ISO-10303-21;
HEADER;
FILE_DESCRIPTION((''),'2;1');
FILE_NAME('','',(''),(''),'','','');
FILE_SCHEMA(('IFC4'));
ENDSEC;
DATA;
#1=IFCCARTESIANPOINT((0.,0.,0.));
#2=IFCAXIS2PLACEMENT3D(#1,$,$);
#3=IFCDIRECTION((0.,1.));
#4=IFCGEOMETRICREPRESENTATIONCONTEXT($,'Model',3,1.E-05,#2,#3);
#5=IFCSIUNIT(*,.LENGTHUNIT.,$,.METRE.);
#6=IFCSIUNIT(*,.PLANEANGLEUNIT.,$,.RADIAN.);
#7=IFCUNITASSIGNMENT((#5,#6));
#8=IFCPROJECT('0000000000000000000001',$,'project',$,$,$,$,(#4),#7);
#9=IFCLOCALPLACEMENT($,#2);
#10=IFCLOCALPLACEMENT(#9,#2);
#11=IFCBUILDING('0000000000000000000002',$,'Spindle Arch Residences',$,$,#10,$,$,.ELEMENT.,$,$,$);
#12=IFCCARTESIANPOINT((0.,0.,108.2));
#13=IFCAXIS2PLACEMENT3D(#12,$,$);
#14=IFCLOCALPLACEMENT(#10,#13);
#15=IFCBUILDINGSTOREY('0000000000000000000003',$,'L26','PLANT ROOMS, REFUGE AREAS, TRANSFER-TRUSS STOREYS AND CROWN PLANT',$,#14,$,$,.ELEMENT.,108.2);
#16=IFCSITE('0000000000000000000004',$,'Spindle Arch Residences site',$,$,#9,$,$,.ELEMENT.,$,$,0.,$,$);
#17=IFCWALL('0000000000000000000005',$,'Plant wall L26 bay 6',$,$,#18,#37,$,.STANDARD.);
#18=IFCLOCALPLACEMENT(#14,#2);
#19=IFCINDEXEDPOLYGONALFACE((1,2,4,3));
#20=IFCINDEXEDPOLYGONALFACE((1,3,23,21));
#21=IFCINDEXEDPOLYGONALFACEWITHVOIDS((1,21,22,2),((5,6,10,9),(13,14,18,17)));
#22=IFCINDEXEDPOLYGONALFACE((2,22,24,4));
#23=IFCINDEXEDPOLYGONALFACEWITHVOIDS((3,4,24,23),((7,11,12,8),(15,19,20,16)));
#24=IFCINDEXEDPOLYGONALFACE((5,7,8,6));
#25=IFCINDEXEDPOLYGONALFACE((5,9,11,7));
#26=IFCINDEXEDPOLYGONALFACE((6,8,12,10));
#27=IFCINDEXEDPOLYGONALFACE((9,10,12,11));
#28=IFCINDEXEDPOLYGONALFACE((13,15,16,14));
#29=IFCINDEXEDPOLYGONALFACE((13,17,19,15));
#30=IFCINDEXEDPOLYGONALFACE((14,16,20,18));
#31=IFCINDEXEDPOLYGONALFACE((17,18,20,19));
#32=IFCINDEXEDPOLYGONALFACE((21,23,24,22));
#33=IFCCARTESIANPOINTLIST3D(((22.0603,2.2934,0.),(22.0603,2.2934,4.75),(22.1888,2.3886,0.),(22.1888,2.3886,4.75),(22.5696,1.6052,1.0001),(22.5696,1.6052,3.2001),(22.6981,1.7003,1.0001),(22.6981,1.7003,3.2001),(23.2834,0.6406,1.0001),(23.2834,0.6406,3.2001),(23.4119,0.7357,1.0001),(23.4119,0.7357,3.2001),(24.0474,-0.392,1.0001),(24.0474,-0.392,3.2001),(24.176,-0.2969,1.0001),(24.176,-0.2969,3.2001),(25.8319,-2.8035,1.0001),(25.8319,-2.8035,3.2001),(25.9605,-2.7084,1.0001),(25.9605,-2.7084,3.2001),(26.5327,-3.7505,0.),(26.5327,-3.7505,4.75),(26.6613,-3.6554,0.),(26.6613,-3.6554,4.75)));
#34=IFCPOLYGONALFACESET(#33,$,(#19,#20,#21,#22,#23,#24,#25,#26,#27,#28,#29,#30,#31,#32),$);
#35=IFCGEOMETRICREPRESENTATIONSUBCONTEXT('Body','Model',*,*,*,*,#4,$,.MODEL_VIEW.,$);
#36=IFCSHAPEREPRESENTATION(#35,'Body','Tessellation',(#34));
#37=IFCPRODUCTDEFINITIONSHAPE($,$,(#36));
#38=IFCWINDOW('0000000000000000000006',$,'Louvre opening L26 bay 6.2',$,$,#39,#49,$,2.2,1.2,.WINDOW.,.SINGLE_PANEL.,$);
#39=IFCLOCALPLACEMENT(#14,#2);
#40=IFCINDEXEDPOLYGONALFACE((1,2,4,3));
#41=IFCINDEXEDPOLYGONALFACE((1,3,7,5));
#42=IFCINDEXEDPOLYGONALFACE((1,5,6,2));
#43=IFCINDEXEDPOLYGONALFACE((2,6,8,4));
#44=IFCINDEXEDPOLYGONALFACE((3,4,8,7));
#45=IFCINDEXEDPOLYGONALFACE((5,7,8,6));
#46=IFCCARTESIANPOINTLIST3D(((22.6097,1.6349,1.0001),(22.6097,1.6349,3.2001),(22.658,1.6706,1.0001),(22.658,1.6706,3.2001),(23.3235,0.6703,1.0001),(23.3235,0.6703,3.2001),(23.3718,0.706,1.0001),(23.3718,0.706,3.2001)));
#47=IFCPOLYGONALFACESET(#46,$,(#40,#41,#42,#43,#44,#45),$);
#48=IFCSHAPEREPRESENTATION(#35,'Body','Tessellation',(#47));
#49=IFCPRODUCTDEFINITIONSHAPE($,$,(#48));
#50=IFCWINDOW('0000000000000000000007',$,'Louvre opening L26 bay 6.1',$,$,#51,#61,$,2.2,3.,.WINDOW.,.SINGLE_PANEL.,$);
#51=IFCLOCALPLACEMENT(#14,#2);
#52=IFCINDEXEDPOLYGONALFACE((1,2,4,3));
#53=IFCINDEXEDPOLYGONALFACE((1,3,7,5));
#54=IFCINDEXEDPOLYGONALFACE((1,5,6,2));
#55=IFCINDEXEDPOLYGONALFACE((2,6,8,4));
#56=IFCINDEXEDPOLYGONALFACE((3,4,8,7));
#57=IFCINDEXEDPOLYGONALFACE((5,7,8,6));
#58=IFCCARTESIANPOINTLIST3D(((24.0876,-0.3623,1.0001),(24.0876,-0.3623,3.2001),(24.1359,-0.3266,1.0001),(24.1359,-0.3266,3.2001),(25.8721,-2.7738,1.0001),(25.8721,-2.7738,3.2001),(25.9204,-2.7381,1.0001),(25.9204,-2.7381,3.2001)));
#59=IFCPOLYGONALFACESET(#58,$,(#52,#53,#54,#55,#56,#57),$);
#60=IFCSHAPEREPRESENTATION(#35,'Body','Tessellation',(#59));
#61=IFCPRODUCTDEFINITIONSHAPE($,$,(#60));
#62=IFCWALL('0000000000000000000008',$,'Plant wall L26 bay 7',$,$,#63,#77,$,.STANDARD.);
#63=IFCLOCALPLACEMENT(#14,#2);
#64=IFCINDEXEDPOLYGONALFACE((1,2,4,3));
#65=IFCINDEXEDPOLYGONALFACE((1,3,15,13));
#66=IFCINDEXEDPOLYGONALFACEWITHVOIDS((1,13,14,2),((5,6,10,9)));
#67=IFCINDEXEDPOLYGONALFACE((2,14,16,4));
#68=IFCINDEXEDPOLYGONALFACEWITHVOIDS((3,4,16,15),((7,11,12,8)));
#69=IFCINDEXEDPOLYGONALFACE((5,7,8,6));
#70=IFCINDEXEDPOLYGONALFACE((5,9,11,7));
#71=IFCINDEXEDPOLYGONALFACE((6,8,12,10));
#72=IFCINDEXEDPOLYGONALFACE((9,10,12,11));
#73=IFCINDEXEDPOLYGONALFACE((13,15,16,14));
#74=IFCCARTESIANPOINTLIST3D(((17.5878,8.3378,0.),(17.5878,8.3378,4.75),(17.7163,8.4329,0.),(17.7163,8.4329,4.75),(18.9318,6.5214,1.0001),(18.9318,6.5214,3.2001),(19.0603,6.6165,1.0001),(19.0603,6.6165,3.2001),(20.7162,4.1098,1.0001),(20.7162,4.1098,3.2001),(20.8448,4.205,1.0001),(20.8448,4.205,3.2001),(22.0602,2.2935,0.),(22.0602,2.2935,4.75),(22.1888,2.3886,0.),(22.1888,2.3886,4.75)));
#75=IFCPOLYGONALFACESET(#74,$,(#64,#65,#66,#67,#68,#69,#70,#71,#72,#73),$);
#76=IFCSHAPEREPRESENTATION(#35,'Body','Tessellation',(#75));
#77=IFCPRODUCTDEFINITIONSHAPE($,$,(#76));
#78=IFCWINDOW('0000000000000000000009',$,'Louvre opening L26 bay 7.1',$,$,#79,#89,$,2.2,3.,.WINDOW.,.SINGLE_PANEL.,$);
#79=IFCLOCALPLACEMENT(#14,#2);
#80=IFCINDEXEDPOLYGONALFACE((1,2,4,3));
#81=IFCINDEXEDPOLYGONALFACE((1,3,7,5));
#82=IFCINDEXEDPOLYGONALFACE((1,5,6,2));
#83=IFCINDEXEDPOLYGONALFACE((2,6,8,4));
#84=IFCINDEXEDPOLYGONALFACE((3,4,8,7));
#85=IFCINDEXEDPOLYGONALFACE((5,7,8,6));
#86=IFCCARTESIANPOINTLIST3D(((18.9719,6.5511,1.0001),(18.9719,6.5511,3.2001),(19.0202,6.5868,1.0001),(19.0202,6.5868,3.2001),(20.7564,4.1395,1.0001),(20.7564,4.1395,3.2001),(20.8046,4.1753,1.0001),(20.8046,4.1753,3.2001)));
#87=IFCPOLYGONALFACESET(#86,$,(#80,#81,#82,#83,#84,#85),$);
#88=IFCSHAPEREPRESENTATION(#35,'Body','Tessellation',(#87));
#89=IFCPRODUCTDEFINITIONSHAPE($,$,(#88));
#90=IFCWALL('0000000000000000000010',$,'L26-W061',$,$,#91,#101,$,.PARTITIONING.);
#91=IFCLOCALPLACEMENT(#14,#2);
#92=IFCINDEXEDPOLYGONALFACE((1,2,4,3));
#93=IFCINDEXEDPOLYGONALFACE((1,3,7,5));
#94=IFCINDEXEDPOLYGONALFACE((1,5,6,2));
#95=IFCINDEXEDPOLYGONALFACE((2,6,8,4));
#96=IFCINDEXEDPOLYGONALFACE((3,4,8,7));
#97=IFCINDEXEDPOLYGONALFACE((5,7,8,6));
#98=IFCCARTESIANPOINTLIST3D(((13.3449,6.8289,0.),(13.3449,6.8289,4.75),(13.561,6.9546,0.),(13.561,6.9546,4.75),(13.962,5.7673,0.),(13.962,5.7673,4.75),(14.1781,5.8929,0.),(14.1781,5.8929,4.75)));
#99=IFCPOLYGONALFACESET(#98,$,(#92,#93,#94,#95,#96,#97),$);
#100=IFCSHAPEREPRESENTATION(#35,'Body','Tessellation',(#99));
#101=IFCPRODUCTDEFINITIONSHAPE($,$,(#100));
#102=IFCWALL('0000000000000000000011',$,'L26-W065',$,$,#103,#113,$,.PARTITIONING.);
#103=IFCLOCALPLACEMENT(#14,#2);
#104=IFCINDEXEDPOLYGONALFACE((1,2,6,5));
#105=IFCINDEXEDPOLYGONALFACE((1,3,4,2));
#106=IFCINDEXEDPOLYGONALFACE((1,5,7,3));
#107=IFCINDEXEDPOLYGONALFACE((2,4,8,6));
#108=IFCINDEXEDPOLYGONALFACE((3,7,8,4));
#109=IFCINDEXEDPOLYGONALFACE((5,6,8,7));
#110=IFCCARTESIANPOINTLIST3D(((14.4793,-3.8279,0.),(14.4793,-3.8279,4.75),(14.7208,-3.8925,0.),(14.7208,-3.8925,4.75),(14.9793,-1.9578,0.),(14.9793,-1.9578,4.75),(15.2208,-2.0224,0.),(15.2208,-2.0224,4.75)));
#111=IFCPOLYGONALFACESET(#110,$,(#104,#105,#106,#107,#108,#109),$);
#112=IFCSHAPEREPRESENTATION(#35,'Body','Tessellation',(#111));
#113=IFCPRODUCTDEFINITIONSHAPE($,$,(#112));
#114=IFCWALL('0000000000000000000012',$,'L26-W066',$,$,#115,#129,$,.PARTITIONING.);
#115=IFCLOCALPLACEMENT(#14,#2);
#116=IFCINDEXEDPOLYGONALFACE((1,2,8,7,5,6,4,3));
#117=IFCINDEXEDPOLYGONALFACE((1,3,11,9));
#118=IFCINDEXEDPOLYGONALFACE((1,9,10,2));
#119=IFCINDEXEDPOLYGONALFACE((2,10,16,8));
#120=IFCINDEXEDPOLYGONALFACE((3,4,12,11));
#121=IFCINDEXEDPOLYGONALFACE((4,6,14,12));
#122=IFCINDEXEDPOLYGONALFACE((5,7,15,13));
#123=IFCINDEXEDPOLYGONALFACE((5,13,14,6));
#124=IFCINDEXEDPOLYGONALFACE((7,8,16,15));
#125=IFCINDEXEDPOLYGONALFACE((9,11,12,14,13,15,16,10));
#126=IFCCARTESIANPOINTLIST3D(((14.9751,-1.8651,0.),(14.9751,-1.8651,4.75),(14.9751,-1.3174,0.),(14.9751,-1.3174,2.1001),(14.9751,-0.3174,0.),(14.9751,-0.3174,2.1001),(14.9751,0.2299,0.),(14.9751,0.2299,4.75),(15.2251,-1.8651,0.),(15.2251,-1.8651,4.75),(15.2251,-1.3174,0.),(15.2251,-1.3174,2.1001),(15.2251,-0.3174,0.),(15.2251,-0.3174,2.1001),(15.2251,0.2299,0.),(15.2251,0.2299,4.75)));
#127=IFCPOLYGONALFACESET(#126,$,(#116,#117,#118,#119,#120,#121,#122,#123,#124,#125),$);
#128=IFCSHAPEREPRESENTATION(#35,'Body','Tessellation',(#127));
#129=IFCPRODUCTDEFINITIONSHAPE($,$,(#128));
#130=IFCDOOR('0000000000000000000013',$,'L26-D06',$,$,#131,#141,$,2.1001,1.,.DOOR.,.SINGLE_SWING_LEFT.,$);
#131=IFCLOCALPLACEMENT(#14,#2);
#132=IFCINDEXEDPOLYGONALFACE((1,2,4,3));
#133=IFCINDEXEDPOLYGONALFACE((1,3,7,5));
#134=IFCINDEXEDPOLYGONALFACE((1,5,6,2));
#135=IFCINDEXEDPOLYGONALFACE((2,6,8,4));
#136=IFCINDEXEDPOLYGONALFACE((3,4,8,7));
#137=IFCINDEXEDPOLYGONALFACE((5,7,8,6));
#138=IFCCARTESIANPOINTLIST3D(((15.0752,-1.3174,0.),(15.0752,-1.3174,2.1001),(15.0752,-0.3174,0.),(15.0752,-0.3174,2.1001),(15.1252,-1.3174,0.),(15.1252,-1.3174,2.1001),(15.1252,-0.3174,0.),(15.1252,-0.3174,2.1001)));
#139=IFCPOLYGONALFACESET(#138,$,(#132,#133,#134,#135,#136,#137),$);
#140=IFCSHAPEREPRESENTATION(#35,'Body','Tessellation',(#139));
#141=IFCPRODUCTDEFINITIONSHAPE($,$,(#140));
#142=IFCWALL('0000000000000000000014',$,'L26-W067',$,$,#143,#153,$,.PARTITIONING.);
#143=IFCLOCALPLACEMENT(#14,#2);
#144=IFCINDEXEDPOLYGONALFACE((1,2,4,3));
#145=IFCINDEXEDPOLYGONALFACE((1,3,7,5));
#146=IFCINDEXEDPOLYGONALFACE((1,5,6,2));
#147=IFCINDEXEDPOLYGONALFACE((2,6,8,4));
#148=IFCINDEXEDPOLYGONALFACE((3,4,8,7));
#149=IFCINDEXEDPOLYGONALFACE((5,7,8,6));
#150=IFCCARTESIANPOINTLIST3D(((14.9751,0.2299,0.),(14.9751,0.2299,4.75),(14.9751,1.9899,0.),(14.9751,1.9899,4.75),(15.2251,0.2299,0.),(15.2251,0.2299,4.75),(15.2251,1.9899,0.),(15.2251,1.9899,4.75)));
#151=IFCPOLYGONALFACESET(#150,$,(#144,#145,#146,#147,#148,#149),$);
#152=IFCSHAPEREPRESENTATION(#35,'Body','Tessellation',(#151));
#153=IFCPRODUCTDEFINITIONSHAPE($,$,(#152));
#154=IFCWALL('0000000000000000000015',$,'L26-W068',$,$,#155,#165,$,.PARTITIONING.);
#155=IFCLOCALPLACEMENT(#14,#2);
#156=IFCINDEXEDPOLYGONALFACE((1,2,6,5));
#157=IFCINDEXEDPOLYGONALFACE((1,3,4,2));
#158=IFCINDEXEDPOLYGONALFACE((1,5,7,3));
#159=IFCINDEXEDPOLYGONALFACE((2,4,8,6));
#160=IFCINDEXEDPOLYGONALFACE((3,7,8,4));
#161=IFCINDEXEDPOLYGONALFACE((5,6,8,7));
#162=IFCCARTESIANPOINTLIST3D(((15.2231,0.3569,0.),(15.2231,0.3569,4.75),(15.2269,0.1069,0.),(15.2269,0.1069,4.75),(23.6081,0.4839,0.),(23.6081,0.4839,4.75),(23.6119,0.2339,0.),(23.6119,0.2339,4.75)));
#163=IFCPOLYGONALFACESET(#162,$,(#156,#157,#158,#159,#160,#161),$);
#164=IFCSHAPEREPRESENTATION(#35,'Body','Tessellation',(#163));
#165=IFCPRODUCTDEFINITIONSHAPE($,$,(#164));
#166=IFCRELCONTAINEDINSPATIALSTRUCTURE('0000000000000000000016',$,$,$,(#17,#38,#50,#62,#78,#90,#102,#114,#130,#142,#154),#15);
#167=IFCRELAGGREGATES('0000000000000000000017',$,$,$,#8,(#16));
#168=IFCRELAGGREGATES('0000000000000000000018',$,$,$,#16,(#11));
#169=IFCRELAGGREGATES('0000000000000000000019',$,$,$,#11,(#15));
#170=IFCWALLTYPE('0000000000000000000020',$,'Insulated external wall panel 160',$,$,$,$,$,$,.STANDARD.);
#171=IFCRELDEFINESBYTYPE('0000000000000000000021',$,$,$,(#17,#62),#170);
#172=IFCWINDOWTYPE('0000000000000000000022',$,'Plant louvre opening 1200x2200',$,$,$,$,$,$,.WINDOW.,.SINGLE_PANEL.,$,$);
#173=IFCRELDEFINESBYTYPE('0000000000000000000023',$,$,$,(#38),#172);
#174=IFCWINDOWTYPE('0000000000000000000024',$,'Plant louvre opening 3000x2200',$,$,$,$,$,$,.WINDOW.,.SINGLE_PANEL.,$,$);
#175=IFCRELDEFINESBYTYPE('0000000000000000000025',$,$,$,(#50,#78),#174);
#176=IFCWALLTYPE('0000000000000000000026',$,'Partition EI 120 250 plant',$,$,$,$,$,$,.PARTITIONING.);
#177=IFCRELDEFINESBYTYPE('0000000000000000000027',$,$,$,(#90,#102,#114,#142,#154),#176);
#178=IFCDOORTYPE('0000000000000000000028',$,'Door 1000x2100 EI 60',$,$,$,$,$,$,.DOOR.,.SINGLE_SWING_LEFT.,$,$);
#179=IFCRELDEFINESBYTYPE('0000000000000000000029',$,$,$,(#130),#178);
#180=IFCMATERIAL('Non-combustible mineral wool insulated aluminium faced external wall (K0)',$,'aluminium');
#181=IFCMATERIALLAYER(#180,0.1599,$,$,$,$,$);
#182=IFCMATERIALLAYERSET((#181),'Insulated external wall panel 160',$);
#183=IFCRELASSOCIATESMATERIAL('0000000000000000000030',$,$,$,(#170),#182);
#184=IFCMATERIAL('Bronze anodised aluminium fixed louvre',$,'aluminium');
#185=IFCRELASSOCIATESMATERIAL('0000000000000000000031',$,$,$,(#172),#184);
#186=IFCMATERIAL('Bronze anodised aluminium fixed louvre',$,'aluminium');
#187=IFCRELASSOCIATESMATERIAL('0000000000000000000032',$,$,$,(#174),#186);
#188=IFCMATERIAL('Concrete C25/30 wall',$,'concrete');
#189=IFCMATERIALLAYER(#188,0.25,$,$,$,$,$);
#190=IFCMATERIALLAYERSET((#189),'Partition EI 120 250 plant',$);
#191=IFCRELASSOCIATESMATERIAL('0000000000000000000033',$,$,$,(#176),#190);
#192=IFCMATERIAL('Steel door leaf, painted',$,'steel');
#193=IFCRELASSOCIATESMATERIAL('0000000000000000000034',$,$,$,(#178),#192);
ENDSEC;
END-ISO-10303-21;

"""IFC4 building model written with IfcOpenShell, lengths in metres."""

from ifc_helpers import new_model, si_unit, direction, frame, frame_2d, origin, place, context, subcontext, project, spatial, rectangle, extrude, material, layer, layer_set, type_object, element, fill, save


model = new_model("IFC4")

# Units and contexts
model_context = context("Model", 3, precision=1e-05, world=origin(), true_north=direction((0.0, 1.0)))
body_context = subcontext(model_context, "Body", "Model", "MODEL_VIEW")
ifc_project = project(units=[si_unit("LENGTHUNIT", "METRE"), si_unit("PLANEANGLEUNIT", "RADIAN")], contexts=[model_context])

# Site, building, storey
site_placement = place(None, origin())
site = spatial("IfcSite", under=ifc_project, at=site_placement, Name="Spindle Arch Residences site", CompositionType="ELEMENT", RefElevation=0.0)
building_placement = place(site_placement, origin())
building = spatial("IfcBuilding", under=site, at=building_placement, Name="Spindle Arch Residences", CompositionType="ELEMENT")
storey_placement = place(building_placement, frame((0.0, 0.0, 108.2)))
storey = spatial("IfcBuildingStorey", under=building, at=storey_placement, Name="L26", Description="PLANT ROOMS, REFUGE AREAS, TRANSFER-TRUSS STOREYS AND CROWN PLANT", CompositionType="ELEMENT", Elevation=108.2)

# Wall, openings, windows
ifc_material_1 = material(Name="Non-combustible mineral wool insulated aluminium faced external wall (K0)", Category="aluminium")
ifc_layer_1 = layer(ifc_material_1, 0.1599)
ifc_layer_set_1 = layer_set([ifc_layer_1], Name="Insulated external wall panel 160")
wall_type_1 = type_object("IfcWallType", Name="Insulated external wall panel 160", PredefinedType="STANDARD", material=ifc_layer_set_1)
wall_1_placement = place(storey_placement, frame((26.5969, -3.7029, 0.0), z_axis=(0.0, 0.0, 1.0), x_axis=(-0.594834, 0.803849, 0.0)))
wall_1 = element("IfcWall", 1, at=wall_1_placement, inside=storey, type_object=wall_type_1, Name="Plant wall L26 bay 6", PredefinedType="STANDARD", context=body_context, shape_type="SweptSolid", body=[
    extrude(rectangle(XDim=7.5188, YDim=0.1599, at=frame_2d((3.7593, 0.0))), origin(), (0.0, 0.0, 1.0), 4.75),
])
opening_1_placement = place(wall_1_placement, frame((1.178, 0.0, 1.0)))
opening_1 = element("IfcOpeningElement", 2, at=opening_1_placement, cuts=wall_1, PredefinedType="OPENING", context=body_context, shape_type="SweptSolid", body=[
    extrude(rectangle(XDim=3.0, YDim=2.2, at=frame_2d((1.5, 1.1001))), frame((0.0, 0.0898, 0.0), z_axis=(0.0, -1.0, 0.0), x_axis=(1.0, 0.0, 0.0)), (0.0, 0.0, 1.0), 0.1799),
])
opening_2_placement = place(wall_1_placement, frame((5.4624, 0.0, 1.0)))
opening_2 = element("IfcOpeningElement", 3, at=opening_2_placement, cuts=wall_1, PredefinedType="OPENING", context=body_context, shape_type="SweptSolid", body=[
    extrude(rectangle(XDim=1.2, YDim=2.2, at=frame_2d((0.6001, 1.1001))), frame((0.0, 0.0898, 0.0), z_axis=(0.0, -1.0, 0.0), x_axis=(1.0, 0.0, 0.0)), (0.0, 0.0, 1.0), 0.1799),
])
ifc_material_2 = material(Name="Bronze anodised aluminium fixed louvre", Category="aluminium")
window_type_1 = type_object("IfcWindowType", Name="Plant louvre opening 1200x2200", PartitioningType="SINGLE_PANEL", PredefinedType="WINDOW", material=ifc_material_2)
window_1_placement = place(opening_2_placement, origin())
window_1 = element("IfcWindow", 4, at=window_1_placement, inside=storey, type_object=window_type_1, Name="Louvre opening L26 bay 6.2", OverallHeight=2.2, OverallWidth=1.2, PartitioningType="SINGLE_PANEL", PredefinedType="WINDOW", context=body_context, shape_type="SweptSolid", body=[
    extrude(rectangle(XDim=1.2, YDim=2.2, at=frame_2d((0.6001, 1.1001))), frame((0.0, 0.03, 0.0), z_axis=(0.0, -1.0, 0.0), x_axis=(1.0, 0.0, 0.0)), (0.0, 0.0, 1.0), 0.0601),
])
fill(opening_2, window_1)
ifc_material_3 = material(Name="Bronze anodised aluminium fixed louvre", Category="aluminium")
window_type_2 = type_object("IfcWindowType", Name="Plant louvre opening 3000x2200", PartitioningType="SINGLE_PANEL", PredefinedType="WINDOW", material=ifc_material_3)
window_2_placement = place(opening_1_placement, origin())
window_2 = element("IfcWindow", 5, at=window_2_placement, inside=storey, type_object=window_type_2, Name="Louvre opening L26 bay 6.1", OverallHeight=2.2, OverallWidth=3.0, PartitioningType="SINGLE_PANEL", PredefinedType="WINDOW", context=body_context, shape_type="SweptSolid", body=[
    extrude(rectangle(XDim=3.0, YDim=2.2, at=frame_2d((1.5, 1.1001))), frame((0.0, 0.03, 0.0), z_axis=(0.0, -1.0, 0.0), x_axis=(1.0, 0.0, 0.0)), (0.0, 0.0, 1.0), 0.0601),
])
fill(opening_1, window_2)

# Wall, opening, window
wall_2_placement = place(storey_placement, frame((22.1245, 2.3411, 0.0), z_axis=(0.0, 0.0, 1.0), x_axis=(-0.594818, 0.80386, 0.0)))
wall_2 = element("IfcWall", 6, at=wall_2_placement, inside=storey, type_object=wall_type_1, Name="Plant wall L26 bay 7", PredefinedType="STANDARD", context=body_context, shape_type="SweptSolid", body=[
    extrude(rectangle(XDim=7.519, YDim=0.1599, at=frame_2d((3.7595, 0.0))), origin(), (0.0, 0.0, 1.0), 4.75),
])
opening_3_placement = place(wall_2_placement, frame((2.2595, 0.0, 1.0)))
opening_3 = element("IfcOpeningElement", 7, at=opening_3_placement, cuts=wall_2, PredefinedType="OPENING", context=body_context, shape_type="SweptSolid", body=[
    extrude(rectangle(XDim=3.0, YDim=2.2, at=frame_2d((1.5, 1.1001))), frame((0.0, 0.0898, 0.0), z_axis=(0.0, -1.0, 0.0), x_axis=(1.0, 0.0, 0.0)), (0.0, 0.0, 1.0), 0.1799),
])
window_3_placement = place(opening_3_placement, origin())
window_3 = element("IfcWindow", 8, at=window_3_placement, inside=storey, type_object=window_type_2, Name="Louvre opening L26 bay 7.1", OverallHeight=2.2, OverallWidth=3.0, PartitioningType="SINGLE_PANEL", PredefinedType="WINDOW", context=body_context, shape_type="SweptSolid", body=[
    extrude(rectangle(XDim=3.0, YDim=2.2, at=frame_2d((1.5, 1.1001))), frame((0.0, 0.03, 0.0), z_axis=(0.0, -1.0, 0.0), x_axis=(1.0, 0.0, 0.0)), (0.0, 0.0, 1.0), 0.0601),
])
fill(opening_3, window_3)

# Walls
ifc_material_4 = material(Name="Concrete C25/30 wall", Category="concrete")
ifc_layer_2 = layer(ifc_material_4, 0.25)
ifc_layer_set_2 = layer_set([ifc_layer_2], Name="Partition EI 120 250 plant")
wall_type_2 = type_object("IfcWallType", Name="Partition EI 120 250 plant", PredefinedType="PARTITIONING", material=ifc_layer_set_2)
wall_3_placement = place(storey_placement, frame((14.0701, 5.8301, 0.0), z_axis=(0.0, 0.0, 1.0), x_axis=(-0.502548, 0.864549, 0.0)))
element("IfcWall", 9, at=wall_3_placement, inside=storey, type_object=wall_type_2, Name="L26-W061", PredefinedType="PARTITIONING", context=body_context, shape_type="SweptSolid", body=[
    extrude(rectangle(XDim=1.228, YDim=0.25, at=frame_2d((0.614, 0.0))), origin(), (0.0, 0.0, 1.0), 4.75),
])
wall_4_placement = place(storey_placement, frame((14.6001, -3.8601, 0.0), z_axis=(0.0, 0.0, 1.0), x_axis=(0.258291, 0.966067, 0.0)))
element("IfcWall", 10, at=wall_4_placement, inside=storey, type_object=wall_type_2, Name="L26-W065", PredefinedType="PARTITIONING", context=body_context, shape_type="SweptSolid", body=[
    extrude(rectangle(XDim=1.9358, YDim=0.25, at=frame_2d((0.9678, 0.0))), origin(), (0.0, 0.0, 1.0), 4.75),
])

# Wall, opening, door
wall_5_placement = place(storey_placement, frame((15.1001, -1.865, 0.0), z_axis=(0.0, 0.0, 1.0), x_axis=(0.0, 1.0, 0.0)))
wall_5 = element("IfcWall", 11, at=wall_5_placement, inside=storey, type_object=wall_type_2, Name="L26-W066", PredefinedType="PARTITIONING", context=body_context, shape_type="SweptSolid", body=[
    extrude(rectangle(XDim=2.095, YDim=0.25, at=frame_2d((1.0474, 0.0))), origin(), (0.0, 0.0, 1.0), 4.75),
])
opening_4_placement = place(wall_5_placement, frame((0.5476, 0.0, 0.0)))
opening_4 = element("IfcOpeningElement", 12, at=opening_4_placement, cuts=wall_5, PredefinedType="OPENING", context=body_context, shape_type="SweptSolid", body=[
    extrude(rectangle(XDim=1.0, YDim=2.1001, at=frame_2d((0.5, 1.05))), frame((0.0, 0.135, 0.0), z_axis=(0.0, -1.0, 0.0), x_axis=(1.0, 0.0, 0.0)), (0.0, 0.0, 1.0), 0.27),
])
ifc_material_5 = material(Name="Steel door leaf, painted", Category="steel")
door_type_1 = type_object("IfcDoorType", Name="Door 1000x2100 EI 60", OperationType="SINGLE_SWING_LEFT", PredefinedType="DOOR", material=ifc_material_5)
door_1_placement = place(opening_4_placement, origin())
door_1 = element("IfcDoor", 13, at=door_1_placement, inside=storey, type_object=door_type_1, Name="L26-D06", OperationType="SINGLE_SWING_LEFT", OverallHeight=2.1001, OverallWidth=1.0, PredefinedType="DOOR", context=body_context, shape_type="SweptSolid", body=[
    extrude(rectangle(XDim=1.0, YDim=2.1001, at=frame_2d((0.5, 1.05))), frame((0.0, 0.0249, 0.0), z_axis=(0.0, -1.0, 0.0), x_axis=(1.0, 0.0, 0.0)), (0.0, 0.0, 1.0), 0.05),
])
fill(opening_4, door_1)

# Walls
wall_6_placement = place(storey_placement, frame((15.1001, 0.23, 0.0), z_axis=(0.0, 0.0, 1.0), x_axis=(0.0, 1.0, 0.0)))
element("IfcWall", 14, at=wall_6_placement, inside=storey, type_object=wall_type_2, Name="L26-W067", PredefinedType="PARTITIONING", context=body_context, shape_type="SweptSolid", body=[
    extrude(rectangle(XDim=1.76, YDim=0.25, at=frame_2d((0.8799, 0.0))), origin(), (0.0, 0.0, 1.0), 4.75),
])
wall_7_placement = place(storey_placement, frame((15.2251, 0.2319, 0.0), z_axis=(0.0, 0.0, 1.0), x_axis=(0.999885, 0.015139, 0.0)))
element("IfcWall", 15, at=wall_7_placement, inside=storey, type_object=wall_type_2, Name="L26-W068", PredefinedType="PARTITIONING", context=body_context, shape_type="SweptSolid", body=[
    extrude(rectangle(XDim=8.386, YDim=0.25, at=frame_2d((4.1929, 0.0))), origin(), (0.0, 0.0, 1.0), 4.75),
])

save(model, "model.ifc")
